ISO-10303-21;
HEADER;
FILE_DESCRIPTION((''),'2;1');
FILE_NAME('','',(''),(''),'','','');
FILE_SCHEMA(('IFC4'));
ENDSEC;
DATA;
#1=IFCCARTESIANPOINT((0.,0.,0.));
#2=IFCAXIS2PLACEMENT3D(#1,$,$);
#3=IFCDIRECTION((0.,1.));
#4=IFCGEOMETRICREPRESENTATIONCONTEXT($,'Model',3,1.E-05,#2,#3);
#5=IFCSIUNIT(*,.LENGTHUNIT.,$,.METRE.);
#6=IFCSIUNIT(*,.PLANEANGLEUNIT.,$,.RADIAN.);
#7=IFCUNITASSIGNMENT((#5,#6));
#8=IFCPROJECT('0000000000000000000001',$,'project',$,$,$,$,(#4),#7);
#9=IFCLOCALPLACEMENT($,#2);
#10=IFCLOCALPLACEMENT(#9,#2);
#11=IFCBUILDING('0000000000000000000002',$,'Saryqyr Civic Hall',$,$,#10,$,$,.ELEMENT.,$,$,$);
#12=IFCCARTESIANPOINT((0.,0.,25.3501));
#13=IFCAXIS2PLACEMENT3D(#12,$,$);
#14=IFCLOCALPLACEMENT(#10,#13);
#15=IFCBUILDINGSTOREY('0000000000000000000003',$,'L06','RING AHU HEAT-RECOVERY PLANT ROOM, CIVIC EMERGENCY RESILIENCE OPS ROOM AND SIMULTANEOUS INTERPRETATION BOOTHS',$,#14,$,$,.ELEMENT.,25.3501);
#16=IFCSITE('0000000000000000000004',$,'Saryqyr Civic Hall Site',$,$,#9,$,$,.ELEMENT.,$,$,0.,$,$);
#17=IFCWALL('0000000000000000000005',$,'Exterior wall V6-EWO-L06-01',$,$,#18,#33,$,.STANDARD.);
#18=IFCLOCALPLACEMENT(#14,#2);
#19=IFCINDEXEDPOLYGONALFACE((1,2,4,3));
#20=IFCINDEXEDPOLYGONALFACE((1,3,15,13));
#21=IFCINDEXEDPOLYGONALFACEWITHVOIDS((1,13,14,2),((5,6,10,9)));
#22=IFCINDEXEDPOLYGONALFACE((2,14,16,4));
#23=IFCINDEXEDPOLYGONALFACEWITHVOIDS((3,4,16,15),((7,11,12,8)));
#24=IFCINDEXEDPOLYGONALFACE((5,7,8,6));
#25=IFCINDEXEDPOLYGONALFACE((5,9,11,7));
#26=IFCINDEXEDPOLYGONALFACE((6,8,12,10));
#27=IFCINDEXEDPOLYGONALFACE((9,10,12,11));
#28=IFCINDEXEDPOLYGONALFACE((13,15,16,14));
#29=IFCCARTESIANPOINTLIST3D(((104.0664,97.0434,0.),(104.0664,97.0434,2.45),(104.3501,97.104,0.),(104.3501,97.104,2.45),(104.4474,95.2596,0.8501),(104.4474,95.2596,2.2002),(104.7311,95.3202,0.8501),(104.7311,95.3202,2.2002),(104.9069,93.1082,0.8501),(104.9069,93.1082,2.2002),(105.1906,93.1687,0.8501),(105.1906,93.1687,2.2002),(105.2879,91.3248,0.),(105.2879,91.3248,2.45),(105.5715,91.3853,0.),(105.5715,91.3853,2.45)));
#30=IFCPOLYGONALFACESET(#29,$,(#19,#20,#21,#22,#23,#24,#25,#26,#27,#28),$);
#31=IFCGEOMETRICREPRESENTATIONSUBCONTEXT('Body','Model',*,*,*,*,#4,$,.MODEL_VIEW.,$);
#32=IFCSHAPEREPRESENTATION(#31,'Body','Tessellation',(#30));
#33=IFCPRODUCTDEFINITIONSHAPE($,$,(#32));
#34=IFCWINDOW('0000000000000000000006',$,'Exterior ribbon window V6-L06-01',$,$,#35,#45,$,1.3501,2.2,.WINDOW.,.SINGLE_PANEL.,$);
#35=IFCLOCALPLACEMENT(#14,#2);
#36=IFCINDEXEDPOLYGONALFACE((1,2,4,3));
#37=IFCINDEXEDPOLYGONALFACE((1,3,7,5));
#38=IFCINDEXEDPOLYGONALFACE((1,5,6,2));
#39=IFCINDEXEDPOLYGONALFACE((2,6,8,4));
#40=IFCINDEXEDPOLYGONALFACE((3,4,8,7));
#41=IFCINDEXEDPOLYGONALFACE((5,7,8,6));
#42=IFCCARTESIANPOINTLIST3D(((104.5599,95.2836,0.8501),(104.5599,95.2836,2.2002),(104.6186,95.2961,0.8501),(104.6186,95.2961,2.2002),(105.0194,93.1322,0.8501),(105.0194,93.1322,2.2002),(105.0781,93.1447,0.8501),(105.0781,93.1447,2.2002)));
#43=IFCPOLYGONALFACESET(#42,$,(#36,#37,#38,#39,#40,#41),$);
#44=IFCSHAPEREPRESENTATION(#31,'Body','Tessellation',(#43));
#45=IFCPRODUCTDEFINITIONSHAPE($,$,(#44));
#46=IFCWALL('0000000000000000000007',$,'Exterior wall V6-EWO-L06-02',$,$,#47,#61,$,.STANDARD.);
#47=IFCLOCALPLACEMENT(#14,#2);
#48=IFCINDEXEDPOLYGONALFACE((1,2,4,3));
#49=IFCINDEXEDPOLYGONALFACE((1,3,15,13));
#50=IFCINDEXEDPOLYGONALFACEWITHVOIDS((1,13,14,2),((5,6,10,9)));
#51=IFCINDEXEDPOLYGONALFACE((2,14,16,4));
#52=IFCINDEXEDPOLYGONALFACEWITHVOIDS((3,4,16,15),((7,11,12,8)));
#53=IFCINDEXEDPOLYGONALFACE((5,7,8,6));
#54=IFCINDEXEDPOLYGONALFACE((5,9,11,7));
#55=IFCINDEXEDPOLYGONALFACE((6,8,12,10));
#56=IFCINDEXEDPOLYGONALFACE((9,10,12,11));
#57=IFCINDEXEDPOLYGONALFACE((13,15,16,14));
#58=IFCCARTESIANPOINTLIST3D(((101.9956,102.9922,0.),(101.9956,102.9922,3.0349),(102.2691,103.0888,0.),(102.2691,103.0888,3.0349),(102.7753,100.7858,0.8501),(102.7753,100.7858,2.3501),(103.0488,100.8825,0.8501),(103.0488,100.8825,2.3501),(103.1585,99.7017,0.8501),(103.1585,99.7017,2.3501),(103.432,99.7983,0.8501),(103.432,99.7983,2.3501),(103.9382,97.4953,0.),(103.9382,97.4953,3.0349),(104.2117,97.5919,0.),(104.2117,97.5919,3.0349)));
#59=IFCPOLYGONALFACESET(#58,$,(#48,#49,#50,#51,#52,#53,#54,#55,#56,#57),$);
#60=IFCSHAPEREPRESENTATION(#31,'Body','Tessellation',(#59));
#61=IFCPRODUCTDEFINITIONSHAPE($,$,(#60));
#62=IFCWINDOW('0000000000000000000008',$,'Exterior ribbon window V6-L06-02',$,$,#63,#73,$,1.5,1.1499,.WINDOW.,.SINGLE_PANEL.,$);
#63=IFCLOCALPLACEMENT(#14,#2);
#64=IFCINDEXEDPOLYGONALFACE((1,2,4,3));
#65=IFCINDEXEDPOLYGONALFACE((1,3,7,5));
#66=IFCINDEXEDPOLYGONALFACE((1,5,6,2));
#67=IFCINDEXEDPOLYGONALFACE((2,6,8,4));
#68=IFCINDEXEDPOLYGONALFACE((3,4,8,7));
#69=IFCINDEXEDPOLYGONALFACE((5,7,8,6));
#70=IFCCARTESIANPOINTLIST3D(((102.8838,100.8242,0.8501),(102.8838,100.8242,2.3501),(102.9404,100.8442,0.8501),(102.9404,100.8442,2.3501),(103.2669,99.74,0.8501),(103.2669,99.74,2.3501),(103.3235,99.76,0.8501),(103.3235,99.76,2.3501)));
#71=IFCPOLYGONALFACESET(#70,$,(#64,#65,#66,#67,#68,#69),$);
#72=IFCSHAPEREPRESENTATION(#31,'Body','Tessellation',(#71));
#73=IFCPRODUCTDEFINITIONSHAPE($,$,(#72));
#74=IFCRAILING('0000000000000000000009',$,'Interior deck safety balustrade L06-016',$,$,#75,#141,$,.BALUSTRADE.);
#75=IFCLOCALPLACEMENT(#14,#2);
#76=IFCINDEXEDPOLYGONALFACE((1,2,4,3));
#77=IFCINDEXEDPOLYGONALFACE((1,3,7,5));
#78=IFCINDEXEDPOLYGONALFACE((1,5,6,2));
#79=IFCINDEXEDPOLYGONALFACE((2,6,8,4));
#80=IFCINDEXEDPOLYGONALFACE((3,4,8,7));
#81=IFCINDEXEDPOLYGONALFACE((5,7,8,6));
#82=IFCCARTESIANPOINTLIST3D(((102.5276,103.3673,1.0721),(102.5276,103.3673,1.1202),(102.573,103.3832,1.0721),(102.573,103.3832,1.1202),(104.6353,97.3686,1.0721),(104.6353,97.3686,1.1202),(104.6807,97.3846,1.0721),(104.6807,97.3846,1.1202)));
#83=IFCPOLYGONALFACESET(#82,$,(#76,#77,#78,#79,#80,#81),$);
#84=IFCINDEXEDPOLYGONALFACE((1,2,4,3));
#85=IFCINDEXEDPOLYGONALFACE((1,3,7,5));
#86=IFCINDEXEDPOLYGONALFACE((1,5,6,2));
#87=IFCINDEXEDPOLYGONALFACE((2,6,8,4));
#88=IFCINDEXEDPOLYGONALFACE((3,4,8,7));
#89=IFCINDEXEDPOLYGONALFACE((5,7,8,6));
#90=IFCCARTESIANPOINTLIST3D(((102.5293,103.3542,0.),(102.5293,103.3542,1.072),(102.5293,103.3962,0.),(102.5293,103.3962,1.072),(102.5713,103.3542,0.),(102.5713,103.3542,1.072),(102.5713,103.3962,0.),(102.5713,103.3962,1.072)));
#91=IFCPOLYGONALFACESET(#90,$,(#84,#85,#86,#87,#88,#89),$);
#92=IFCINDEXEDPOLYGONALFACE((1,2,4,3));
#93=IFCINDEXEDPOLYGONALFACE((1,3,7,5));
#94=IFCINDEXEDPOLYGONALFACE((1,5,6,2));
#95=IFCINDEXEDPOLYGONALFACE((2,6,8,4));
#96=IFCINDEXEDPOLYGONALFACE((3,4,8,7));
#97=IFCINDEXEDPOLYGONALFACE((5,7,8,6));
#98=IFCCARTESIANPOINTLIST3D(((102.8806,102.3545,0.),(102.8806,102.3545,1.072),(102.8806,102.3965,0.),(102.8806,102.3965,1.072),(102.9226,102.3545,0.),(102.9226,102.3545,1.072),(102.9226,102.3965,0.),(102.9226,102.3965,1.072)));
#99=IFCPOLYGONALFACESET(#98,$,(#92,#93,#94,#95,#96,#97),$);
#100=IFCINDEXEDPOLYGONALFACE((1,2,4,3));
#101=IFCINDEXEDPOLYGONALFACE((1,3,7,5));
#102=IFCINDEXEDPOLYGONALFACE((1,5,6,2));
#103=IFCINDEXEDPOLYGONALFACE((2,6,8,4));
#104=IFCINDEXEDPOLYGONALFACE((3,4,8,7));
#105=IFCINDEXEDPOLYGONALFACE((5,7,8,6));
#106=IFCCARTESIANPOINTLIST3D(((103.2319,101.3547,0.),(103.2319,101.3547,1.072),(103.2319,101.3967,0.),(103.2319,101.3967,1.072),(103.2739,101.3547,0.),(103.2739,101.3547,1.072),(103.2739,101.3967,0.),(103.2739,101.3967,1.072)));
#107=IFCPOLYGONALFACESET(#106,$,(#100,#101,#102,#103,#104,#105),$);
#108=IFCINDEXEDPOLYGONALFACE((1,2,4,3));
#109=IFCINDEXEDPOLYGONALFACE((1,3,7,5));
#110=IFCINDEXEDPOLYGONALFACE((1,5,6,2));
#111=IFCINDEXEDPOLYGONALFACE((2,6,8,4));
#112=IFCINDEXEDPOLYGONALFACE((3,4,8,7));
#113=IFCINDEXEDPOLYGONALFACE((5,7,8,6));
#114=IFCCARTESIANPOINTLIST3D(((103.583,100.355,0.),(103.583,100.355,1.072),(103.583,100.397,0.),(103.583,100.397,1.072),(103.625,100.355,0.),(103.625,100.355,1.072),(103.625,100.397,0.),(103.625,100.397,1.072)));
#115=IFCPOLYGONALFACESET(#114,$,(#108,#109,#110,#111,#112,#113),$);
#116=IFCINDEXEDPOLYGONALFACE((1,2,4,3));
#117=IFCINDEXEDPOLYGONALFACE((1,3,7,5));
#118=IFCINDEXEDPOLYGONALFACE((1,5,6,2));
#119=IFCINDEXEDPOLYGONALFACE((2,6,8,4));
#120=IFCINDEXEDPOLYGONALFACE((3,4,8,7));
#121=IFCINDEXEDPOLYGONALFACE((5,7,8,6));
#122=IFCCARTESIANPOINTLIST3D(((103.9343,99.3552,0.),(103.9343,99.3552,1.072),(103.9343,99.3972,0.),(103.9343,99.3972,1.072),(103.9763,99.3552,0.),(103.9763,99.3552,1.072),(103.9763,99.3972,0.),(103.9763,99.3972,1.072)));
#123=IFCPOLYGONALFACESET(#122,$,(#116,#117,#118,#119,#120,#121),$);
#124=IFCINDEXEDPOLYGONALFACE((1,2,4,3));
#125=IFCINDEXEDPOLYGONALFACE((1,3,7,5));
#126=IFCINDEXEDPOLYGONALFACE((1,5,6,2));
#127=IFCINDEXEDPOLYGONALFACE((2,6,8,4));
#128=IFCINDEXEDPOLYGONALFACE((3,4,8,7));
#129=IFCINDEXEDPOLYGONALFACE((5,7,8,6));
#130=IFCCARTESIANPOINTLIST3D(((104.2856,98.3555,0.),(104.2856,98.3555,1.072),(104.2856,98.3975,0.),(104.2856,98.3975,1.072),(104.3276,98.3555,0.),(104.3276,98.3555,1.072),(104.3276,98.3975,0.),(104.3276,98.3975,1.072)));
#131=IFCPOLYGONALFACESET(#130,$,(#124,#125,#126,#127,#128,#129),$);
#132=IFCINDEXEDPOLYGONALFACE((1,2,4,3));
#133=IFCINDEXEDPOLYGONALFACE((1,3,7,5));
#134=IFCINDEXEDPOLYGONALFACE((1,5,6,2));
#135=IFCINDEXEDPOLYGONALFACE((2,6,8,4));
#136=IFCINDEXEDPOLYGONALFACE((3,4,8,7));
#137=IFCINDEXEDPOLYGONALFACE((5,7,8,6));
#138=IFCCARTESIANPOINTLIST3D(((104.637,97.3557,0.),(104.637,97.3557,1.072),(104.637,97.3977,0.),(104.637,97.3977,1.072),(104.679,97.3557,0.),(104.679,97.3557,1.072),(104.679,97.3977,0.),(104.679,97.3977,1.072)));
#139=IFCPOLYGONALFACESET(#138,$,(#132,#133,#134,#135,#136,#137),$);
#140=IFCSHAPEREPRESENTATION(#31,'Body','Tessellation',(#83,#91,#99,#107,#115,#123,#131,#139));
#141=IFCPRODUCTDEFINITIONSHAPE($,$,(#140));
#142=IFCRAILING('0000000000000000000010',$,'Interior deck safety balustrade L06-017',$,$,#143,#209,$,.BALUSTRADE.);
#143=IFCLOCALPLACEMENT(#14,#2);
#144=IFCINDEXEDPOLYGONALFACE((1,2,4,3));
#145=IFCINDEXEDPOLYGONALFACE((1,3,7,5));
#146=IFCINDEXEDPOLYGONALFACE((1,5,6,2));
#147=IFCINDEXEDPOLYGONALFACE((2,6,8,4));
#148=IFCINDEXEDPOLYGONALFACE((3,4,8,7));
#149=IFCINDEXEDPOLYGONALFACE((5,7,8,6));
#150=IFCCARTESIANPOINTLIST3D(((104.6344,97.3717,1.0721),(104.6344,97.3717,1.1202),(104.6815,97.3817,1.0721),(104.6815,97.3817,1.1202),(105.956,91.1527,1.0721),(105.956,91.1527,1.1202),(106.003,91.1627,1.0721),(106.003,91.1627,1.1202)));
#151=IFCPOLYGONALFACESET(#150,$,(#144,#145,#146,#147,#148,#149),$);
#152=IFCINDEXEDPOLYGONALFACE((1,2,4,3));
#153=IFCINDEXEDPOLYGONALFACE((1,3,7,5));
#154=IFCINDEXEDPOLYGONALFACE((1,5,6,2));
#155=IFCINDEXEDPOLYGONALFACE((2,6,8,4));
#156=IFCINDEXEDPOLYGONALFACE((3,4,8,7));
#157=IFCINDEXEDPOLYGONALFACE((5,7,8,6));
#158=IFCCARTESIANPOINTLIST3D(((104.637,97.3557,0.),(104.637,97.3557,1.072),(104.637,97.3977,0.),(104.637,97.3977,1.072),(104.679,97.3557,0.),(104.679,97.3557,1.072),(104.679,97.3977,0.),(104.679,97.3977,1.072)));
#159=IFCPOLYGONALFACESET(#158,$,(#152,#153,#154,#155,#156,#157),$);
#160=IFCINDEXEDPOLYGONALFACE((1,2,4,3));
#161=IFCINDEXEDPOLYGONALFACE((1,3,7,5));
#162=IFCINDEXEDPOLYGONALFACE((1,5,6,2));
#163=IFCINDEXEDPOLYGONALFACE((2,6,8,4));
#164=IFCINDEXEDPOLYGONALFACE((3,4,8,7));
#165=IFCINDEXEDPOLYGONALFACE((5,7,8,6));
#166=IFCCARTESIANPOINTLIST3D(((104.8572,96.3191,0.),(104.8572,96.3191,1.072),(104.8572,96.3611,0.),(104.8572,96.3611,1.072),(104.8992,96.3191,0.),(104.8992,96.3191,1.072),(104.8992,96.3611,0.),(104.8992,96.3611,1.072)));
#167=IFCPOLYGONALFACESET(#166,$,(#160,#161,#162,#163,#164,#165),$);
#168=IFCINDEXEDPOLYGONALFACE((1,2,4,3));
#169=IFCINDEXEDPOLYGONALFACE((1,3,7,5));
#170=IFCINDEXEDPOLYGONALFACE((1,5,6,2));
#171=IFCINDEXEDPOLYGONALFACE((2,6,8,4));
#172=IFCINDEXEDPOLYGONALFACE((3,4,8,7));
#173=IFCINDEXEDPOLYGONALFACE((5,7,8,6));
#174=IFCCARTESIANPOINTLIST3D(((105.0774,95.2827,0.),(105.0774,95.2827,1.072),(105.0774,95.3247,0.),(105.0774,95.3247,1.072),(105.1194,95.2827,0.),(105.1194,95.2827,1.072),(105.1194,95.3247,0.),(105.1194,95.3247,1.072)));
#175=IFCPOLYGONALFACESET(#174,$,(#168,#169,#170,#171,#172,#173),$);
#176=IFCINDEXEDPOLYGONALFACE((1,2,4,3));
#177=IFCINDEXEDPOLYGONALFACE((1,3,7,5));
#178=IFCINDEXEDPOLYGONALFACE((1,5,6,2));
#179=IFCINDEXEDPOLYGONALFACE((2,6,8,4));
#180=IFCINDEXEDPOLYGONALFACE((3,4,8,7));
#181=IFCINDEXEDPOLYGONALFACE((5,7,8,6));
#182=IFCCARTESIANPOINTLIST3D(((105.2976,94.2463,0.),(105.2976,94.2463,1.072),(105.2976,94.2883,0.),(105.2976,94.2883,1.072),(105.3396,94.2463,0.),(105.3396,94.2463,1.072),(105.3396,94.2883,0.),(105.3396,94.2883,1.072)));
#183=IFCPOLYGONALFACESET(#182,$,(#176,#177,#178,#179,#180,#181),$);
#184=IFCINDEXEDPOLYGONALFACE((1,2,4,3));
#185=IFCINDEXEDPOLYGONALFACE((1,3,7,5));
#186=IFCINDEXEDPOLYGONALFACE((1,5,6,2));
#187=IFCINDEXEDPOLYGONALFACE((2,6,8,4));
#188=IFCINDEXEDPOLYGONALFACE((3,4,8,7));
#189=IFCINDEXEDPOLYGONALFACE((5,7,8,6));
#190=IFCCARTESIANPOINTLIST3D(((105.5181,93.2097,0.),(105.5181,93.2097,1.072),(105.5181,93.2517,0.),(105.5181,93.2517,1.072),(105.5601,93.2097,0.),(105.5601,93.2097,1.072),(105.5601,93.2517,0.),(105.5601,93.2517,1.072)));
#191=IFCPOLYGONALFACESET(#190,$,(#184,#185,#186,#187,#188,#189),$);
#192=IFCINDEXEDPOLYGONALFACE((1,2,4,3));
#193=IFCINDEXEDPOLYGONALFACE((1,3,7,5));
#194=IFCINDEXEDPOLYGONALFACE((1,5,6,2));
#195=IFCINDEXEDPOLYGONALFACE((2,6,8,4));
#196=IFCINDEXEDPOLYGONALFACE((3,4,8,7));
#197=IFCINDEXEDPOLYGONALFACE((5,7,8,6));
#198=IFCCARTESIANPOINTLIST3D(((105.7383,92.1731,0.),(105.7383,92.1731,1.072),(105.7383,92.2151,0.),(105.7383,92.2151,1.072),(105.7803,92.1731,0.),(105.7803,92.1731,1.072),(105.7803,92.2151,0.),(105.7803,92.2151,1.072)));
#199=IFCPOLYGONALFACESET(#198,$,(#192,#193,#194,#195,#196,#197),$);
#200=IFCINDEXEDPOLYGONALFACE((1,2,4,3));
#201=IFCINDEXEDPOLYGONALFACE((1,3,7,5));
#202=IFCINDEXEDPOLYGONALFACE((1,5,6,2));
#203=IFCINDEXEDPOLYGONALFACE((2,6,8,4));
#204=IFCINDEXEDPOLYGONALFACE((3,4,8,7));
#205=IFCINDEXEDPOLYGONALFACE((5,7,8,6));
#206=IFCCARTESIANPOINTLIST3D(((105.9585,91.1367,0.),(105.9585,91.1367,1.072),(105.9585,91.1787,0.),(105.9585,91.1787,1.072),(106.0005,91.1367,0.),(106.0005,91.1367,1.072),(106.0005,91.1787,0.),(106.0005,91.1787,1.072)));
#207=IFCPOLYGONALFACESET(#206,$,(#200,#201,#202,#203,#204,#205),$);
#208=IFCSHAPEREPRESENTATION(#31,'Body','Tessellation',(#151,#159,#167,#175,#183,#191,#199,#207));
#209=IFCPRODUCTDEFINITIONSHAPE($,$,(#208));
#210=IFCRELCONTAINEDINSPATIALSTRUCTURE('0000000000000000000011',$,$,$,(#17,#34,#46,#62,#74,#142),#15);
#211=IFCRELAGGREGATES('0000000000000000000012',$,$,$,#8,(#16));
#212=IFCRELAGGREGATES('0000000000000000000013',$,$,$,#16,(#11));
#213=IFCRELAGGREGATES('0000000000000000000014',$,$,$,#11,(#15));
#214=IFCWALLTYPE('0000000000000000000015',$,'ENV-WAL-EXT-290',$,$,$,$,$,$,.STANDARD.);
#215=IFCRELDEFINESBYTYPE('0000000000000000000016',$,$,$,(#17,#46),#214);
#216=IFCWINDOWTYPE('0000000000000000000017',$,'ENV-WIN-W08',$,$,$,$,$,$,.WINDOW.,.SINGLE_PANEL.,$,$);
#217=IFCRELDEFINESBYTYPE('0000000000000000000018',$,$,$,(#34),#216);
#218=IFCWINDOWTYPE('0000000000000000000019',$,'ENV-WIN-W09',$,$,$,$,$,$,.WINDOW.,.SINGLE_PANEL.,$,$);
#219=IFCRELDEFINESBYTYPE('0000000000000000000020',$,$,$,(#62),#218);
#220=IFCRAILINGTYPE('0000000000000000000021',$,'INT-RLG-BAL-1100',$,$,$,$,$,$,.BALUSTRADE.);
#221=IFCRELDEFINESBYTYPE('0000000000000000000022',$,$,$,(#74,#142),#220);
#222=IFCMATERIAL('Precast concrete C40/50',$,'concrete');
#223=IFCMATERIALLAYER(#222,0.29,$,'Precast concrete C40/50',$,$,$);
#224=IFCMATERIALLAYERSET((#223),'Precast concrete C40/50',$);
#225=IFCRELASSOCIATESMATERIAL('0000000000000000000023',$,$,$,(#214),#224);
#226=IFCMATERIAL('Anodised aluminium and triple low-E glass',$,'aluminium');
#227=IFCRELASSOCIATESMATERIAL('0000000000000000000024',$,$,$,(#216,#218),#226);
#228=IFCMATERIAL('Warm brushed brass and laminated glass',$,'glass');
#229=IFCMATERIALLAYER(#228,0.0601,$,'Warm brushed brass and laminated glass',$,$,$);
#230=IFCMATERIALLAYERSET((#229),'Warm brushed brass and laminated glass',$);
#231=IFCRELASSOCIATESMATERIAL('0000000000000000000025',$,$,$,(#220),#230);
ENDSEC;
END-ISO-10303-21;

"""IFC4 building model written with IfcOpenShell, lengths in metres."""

from ifc_helpers import new_model, si_unit, direction, frame, frame_2d, origin, origin_2d, place, context, subcontext, project, spatial, rectangle, extrude, material, layer, layer_set, type_object, element, fill, save


model = new_model("IFC4")

# Units and contexts
model_context = context("Model", 3, precision=1e-05, world=origin(), true_north=direction((0.0, 1.0)))
body_context = subcontext(model_context, "Body", "Model", "MODEL_VIEW")
ifc_project = project(units=[si_unit("LENGTHUNIT", "METRE"), si_unit("PLANEANGLEUNIT", "RADIAN")], contexts=[model_context])

# Site, building, storey
site_placement = place(None, origin())
site = spatial("IfcSite", under=ifc_project, at=site_placement, Name="Saryqyr Civic Hall Site", CompositionType="ELEMENT", RefElevation=0.0)
building_placement = place(site_placement, origin())
building = spatial("IfcBuilding", under=site, at=building_placement, Name="Saryqyr Civic Hall", CompositionType="ELEMENT")
storey_placement = place(building_placement, frame((0.0, 0.0, 25.3501)))
storey = spatial("IfcBuildingStorey", under=building, at=storey_placement, Name="L06", Description="RING AHU HEAT-RECOVERY PLANT ROOM, CIVIC EMERGENCY RESILIENCE OPS ROOM AND SIMULTANEOUS INTERPRETATION BOOTHS", CompositionType="ELEMENT", Elevation=25.3501)

# Shared definitions
ifc_material_1 = material(Name="Anodised aluminium and triple low-E glass", Category="aluminium")

# Shared definitions
ifc_material_2 = material(Name="Precast concrete C40/50", Category="concrete")

# Walls, openings, windows
ifc_layer_1 = layer(ifc_material_2, 0.29, Name="Precast concrete C40/50")
ifc_layer_set_1 = layer_set([ifc_layer_1], Name="Precast concrete C40/50")
wall_type = type_object("IfcWallType", Name="ENV-WAL-EXT-290", PredefinedType="STANDARD", material=ifc_layer_set_1)
wall_1_placement = place(storey_placement, frame((104.2083, 97.0737, 0.0), z_axis=(0.0, 0.0, 1.0), x_axis=(0.208873, -0.977943, 0.0)))
wall_1 = element("IfcWall", 1, at=wall_1_placement, inside=storey, type_object=wall_type, Name="Exterior wall V6-EWO-L06-01", PredefinedType="STANDARD", context=body_context, shape_type="SweptSolid", body=[
    extrude(rectangle(XDim=5.8477, YDim=0.29, at=frame_2d((2.9238, 0.0))), origin(), (0.0, 0.0, 1.0), 2.45),
])
opening_1_placement = place(wall_1_placement, frame((1.824, 0.0, 0.8501)))
opening_1 = element("IfcOpeningElement", 2, at=opening_1_placement, cuts=wall_1, PredefinedType="OPENING", context=body_context, shape_type="SweptSolid", body=[
    extrude(rectangle(XDim=2.2, YDim=1.3501, at=frame_2d((1.1001, 0.675))), frame((0.0, 0.155, 0.0), z_axis=(0.0, -1.0, 0.0), x_axis=(1.0, 0.0, 0.0)), (0.0, 0.0, 1.0), 0.3101),
])
window_type_1 = type_object("IfcWindowType", Name="ENV-WIN-W08", PartitioningType="SINGLE_PANEL", PredefinedType="WINDOW", material=ifc_material_1)
window_1_placement = place(opening_1_placement, origin())
window_1 = element("IfcWindow", 3, at=window_1_placement, inside=storey, type_object=window_type_1, Name="Exterior ribbon window V6-L06-01", OverallHeight=1.3501, OverallWidth=2.2, PartitioningType="SINGLE_PANEL", PredefinedType="WINDOW", context=body_context, shape_type="SweptSolid", body=[
    extrude(rectangle(XDim=2.2, YDim=1.3501, at=frame_2d((1.1001, 0.675))), frame((0.0, 0.03, 0.0), z_axis=(0.0, -1.0, 0.0), x_axis=(1.0, 0.0, 0.0)), (0.0, 0.0, 1.0), 0.0601),
])
fill(opening_1, window_1)
wall_2_placement = place(storey_placement, frame((102.1323, 103.0405, 0.0), z_axis=(0.0, 0.0, 1.0), x_axis=(0.333212, -0.942852, 0.0)))
wall_2 = element("IfcWall", 4, at=wall_2_placement, inside=storey, type_object=wall_type, Name="Exterior wall V6-EWO-L06-02", PredefinedType="STANDARD", context=body_context, shape_type="SweptSolid", body=[
    extrude(rectangle(XDim=5.8301, YDim=0.29, at=frame_2d((2.915, 0.0))), origin(), (0.0, 0.0, 1.0), 3.0349),
])
opening_2_placement = place(wall_2_placement, frame((2.3401, 0.0, 0.8501)))
opening_2 = element("IfcOpeningElement", 5, at=opening_2_placement, cuts=wall_2, PredefinedType="OPENING", context=body_context, shape_type="SweptSolid", body=[
    extrude(rectangle(XDim=1.1499, YDim=1.5, at=frame_2d((0.575, 0.75))), frame((0.0, 0.155, 0.0), z_axis=(0.0, -1.0, 0.0), x_axis=(1.0, 0.0, 0.0)), (0.0, 0.0, 1.0), 0.3101),
])
window_type_2 = type_object("IfcWindowType", Name="ENV-WIN-W09", PartitioningType="SINGLE_PANEL", PredefinedType="WINDOW", material=ifc_material_1)
window_2_placement = place(opening_2_placement, origin())
window_2 = element("IfcWindow", 6, at=window_2_placement, inside=storey, type_object=window_type_2, Name="Exterior ribbon window V6-L06-02", OverallHeight=1.5, OverallWidth=1.1499, PartitioningType="SINGLE_PANEL", PredefinedType="WINDOW", context=body_context, shape_type="SweptSolid", body=[
    extrude(rectangle(XDim=1.1499, YDim=1.5, at=frame_2d((0.575, 0.75))), frame((0.0, 0.03, 0.0), z_axis=(0.0, -1.0, 0.0), x_axis=(1.0, 0.0, 0.0)), (0.0, 0.0, 1.0), 0.0601),
])
fill(opening_2, window_2)

# Railings
ifc_material_3 = material(Name="Warm brushed brass and laminated glass", Category="glass")
ifc_layer_2 = layer(ifc_material_3, 0.0601, Name="Warm brushed brass and laminated glass")
ifc_layer_set_2 = layer_set([ifc_layer_2], Name="Warm brushed brass and laminated glass")
railing_type = type_object("IfcRailingType", Name="INT-RLG-BAL-1100", PredefinedType="BALUSTRADE", material=ifc_layer_set_2)
railing_1_placement = place(storey_placement, frame((102.5503, 103.3752, 0.0)))
element("IfcRailing", 7, at=railing_1_placement, inside=storey, type_object=railing_type, Name="Interior deck safety balustrade L06-016", PredefinedType="BALUSTRADE", context=body_context, shape_type="SweptSolid", body=[
    extrude(rectangle(XDim=0.0481, YDim=0.0481, at=origin_2d()), frame((0.0, 0.0, 1.0962), z_axis=(0.331496, -0.943457, 0.0), x_axis=(0.943457, 0.331496, 0.0)), (0.0, 0.0, 1.0), 6.3582),
    extrude(rectangle(XDim=0.042, YDim=0.042, at=origin_2d()), origin(), (0.0, 0.0, 1.0), 1.072),
    extrude(rectangle(XDim=0.042, YDim=0.042, at=origin_2d()), frame((0.3513, -0.9998, 0.0)), (0.0, 0.0, 1.0), 1.072),
    extrude(rectangle(XDim=0.042, YDim=0.042, at=origin_2d()), frame((0.7026, -1.9995, 0.0)), (0.0, 0.0, 1.0), 1.072),
    extrude(rectangle(XDim=0.042, YDim=0.042, at=origin_2d()), frame((1.0537, -2.9993, 0.0)), (0.0, 0.0, 1.0), 1.072),
    extrude(rectangle(XDim=0.042, YDim=0.042, at=origin_2d()), frame((1.405, -3.999, 0.0)), (0.0, 0.0, 1.0), 1.072),
    extrude(rectangle(XDim=0.042, YDim=0.042, at=origin_2d()), frame((1.7563, -4.9988, 0.0)), (0.0, 0.0, 1.0), 1.072),
    extrude(rectangle(XDim=0.042, YDim=0.042, at=origin_2d()), frame((2.1077, -5.9985, 0.0)), (0.0, 0.0, 1.0), 1.072),
])
railing_2_placement = place(storey_placement, frame((104.658, 97.3767, 0.0)))
element("IfcRailing", 8, at=railing_2_placement, inside=storey, type_object=railing_type, Name="Interior deck safety balustrade L06-017", PredefinedType="BALUSTRADE", context=body_context, shape_type="SweptSolid", body=[
    extrude(rectangle(XDim=0.0481, YDim=0.0481, at=origin_2d()), frame((0.0, 0.0, 1.0962), z_axis=(0.207858, -0.978159, 0.0), x_axis=(0.978159, 0.207858, 0.0)), (0.0, 0.0, 1.0), 6.3579),
    extrude(rectangle(XDim=0.042, YDim=0.042, at=origin_2d()), origin(), (0.0, 0.0, 1.0), 1.072),
    extrude(rectangle(XDim=0.042, YDim=0.042, at=origin_2d()), frame((0.2202, -1.0366, 0.0)), (0.0, 0.0, 1.0), 1.072),
    extrude(rectangle(XDim=0.042, YDim=0.042, at=origin_2d()), frame((0.4404, -2.073, 0.0)), (0.0, 0.0, 1.0), 1.072),
    extrude(rectangle(XDim=0.042, YDim=0.042, at=origin_2d()), frame((0.6606, -3.1094, 0.0)), (0.0, 0.0, 1.0), 1.072),
    extrude(rectangle(XDim=0.042, YDim=0.042, at=origin_2d()), frame((0.8811, -4.146, 0.0)), (0.0, 0.0, 1.0), 1.072),
    extrude(rectangle(XDim=0.042, YDim=0.042, at=origin_2d()), frame((1.1013, -5.1826, 0.0)), (0.0, 0.0, 1.0), 1.072),
    extrude(rectangle(XDim=0.042, YDim=0.042, at=origin_2d()), frame((1.3215, -6.219, 0.0)), (0.0, 0.0, 1.0), 1.072),
])

save(model, "model.ifc")
